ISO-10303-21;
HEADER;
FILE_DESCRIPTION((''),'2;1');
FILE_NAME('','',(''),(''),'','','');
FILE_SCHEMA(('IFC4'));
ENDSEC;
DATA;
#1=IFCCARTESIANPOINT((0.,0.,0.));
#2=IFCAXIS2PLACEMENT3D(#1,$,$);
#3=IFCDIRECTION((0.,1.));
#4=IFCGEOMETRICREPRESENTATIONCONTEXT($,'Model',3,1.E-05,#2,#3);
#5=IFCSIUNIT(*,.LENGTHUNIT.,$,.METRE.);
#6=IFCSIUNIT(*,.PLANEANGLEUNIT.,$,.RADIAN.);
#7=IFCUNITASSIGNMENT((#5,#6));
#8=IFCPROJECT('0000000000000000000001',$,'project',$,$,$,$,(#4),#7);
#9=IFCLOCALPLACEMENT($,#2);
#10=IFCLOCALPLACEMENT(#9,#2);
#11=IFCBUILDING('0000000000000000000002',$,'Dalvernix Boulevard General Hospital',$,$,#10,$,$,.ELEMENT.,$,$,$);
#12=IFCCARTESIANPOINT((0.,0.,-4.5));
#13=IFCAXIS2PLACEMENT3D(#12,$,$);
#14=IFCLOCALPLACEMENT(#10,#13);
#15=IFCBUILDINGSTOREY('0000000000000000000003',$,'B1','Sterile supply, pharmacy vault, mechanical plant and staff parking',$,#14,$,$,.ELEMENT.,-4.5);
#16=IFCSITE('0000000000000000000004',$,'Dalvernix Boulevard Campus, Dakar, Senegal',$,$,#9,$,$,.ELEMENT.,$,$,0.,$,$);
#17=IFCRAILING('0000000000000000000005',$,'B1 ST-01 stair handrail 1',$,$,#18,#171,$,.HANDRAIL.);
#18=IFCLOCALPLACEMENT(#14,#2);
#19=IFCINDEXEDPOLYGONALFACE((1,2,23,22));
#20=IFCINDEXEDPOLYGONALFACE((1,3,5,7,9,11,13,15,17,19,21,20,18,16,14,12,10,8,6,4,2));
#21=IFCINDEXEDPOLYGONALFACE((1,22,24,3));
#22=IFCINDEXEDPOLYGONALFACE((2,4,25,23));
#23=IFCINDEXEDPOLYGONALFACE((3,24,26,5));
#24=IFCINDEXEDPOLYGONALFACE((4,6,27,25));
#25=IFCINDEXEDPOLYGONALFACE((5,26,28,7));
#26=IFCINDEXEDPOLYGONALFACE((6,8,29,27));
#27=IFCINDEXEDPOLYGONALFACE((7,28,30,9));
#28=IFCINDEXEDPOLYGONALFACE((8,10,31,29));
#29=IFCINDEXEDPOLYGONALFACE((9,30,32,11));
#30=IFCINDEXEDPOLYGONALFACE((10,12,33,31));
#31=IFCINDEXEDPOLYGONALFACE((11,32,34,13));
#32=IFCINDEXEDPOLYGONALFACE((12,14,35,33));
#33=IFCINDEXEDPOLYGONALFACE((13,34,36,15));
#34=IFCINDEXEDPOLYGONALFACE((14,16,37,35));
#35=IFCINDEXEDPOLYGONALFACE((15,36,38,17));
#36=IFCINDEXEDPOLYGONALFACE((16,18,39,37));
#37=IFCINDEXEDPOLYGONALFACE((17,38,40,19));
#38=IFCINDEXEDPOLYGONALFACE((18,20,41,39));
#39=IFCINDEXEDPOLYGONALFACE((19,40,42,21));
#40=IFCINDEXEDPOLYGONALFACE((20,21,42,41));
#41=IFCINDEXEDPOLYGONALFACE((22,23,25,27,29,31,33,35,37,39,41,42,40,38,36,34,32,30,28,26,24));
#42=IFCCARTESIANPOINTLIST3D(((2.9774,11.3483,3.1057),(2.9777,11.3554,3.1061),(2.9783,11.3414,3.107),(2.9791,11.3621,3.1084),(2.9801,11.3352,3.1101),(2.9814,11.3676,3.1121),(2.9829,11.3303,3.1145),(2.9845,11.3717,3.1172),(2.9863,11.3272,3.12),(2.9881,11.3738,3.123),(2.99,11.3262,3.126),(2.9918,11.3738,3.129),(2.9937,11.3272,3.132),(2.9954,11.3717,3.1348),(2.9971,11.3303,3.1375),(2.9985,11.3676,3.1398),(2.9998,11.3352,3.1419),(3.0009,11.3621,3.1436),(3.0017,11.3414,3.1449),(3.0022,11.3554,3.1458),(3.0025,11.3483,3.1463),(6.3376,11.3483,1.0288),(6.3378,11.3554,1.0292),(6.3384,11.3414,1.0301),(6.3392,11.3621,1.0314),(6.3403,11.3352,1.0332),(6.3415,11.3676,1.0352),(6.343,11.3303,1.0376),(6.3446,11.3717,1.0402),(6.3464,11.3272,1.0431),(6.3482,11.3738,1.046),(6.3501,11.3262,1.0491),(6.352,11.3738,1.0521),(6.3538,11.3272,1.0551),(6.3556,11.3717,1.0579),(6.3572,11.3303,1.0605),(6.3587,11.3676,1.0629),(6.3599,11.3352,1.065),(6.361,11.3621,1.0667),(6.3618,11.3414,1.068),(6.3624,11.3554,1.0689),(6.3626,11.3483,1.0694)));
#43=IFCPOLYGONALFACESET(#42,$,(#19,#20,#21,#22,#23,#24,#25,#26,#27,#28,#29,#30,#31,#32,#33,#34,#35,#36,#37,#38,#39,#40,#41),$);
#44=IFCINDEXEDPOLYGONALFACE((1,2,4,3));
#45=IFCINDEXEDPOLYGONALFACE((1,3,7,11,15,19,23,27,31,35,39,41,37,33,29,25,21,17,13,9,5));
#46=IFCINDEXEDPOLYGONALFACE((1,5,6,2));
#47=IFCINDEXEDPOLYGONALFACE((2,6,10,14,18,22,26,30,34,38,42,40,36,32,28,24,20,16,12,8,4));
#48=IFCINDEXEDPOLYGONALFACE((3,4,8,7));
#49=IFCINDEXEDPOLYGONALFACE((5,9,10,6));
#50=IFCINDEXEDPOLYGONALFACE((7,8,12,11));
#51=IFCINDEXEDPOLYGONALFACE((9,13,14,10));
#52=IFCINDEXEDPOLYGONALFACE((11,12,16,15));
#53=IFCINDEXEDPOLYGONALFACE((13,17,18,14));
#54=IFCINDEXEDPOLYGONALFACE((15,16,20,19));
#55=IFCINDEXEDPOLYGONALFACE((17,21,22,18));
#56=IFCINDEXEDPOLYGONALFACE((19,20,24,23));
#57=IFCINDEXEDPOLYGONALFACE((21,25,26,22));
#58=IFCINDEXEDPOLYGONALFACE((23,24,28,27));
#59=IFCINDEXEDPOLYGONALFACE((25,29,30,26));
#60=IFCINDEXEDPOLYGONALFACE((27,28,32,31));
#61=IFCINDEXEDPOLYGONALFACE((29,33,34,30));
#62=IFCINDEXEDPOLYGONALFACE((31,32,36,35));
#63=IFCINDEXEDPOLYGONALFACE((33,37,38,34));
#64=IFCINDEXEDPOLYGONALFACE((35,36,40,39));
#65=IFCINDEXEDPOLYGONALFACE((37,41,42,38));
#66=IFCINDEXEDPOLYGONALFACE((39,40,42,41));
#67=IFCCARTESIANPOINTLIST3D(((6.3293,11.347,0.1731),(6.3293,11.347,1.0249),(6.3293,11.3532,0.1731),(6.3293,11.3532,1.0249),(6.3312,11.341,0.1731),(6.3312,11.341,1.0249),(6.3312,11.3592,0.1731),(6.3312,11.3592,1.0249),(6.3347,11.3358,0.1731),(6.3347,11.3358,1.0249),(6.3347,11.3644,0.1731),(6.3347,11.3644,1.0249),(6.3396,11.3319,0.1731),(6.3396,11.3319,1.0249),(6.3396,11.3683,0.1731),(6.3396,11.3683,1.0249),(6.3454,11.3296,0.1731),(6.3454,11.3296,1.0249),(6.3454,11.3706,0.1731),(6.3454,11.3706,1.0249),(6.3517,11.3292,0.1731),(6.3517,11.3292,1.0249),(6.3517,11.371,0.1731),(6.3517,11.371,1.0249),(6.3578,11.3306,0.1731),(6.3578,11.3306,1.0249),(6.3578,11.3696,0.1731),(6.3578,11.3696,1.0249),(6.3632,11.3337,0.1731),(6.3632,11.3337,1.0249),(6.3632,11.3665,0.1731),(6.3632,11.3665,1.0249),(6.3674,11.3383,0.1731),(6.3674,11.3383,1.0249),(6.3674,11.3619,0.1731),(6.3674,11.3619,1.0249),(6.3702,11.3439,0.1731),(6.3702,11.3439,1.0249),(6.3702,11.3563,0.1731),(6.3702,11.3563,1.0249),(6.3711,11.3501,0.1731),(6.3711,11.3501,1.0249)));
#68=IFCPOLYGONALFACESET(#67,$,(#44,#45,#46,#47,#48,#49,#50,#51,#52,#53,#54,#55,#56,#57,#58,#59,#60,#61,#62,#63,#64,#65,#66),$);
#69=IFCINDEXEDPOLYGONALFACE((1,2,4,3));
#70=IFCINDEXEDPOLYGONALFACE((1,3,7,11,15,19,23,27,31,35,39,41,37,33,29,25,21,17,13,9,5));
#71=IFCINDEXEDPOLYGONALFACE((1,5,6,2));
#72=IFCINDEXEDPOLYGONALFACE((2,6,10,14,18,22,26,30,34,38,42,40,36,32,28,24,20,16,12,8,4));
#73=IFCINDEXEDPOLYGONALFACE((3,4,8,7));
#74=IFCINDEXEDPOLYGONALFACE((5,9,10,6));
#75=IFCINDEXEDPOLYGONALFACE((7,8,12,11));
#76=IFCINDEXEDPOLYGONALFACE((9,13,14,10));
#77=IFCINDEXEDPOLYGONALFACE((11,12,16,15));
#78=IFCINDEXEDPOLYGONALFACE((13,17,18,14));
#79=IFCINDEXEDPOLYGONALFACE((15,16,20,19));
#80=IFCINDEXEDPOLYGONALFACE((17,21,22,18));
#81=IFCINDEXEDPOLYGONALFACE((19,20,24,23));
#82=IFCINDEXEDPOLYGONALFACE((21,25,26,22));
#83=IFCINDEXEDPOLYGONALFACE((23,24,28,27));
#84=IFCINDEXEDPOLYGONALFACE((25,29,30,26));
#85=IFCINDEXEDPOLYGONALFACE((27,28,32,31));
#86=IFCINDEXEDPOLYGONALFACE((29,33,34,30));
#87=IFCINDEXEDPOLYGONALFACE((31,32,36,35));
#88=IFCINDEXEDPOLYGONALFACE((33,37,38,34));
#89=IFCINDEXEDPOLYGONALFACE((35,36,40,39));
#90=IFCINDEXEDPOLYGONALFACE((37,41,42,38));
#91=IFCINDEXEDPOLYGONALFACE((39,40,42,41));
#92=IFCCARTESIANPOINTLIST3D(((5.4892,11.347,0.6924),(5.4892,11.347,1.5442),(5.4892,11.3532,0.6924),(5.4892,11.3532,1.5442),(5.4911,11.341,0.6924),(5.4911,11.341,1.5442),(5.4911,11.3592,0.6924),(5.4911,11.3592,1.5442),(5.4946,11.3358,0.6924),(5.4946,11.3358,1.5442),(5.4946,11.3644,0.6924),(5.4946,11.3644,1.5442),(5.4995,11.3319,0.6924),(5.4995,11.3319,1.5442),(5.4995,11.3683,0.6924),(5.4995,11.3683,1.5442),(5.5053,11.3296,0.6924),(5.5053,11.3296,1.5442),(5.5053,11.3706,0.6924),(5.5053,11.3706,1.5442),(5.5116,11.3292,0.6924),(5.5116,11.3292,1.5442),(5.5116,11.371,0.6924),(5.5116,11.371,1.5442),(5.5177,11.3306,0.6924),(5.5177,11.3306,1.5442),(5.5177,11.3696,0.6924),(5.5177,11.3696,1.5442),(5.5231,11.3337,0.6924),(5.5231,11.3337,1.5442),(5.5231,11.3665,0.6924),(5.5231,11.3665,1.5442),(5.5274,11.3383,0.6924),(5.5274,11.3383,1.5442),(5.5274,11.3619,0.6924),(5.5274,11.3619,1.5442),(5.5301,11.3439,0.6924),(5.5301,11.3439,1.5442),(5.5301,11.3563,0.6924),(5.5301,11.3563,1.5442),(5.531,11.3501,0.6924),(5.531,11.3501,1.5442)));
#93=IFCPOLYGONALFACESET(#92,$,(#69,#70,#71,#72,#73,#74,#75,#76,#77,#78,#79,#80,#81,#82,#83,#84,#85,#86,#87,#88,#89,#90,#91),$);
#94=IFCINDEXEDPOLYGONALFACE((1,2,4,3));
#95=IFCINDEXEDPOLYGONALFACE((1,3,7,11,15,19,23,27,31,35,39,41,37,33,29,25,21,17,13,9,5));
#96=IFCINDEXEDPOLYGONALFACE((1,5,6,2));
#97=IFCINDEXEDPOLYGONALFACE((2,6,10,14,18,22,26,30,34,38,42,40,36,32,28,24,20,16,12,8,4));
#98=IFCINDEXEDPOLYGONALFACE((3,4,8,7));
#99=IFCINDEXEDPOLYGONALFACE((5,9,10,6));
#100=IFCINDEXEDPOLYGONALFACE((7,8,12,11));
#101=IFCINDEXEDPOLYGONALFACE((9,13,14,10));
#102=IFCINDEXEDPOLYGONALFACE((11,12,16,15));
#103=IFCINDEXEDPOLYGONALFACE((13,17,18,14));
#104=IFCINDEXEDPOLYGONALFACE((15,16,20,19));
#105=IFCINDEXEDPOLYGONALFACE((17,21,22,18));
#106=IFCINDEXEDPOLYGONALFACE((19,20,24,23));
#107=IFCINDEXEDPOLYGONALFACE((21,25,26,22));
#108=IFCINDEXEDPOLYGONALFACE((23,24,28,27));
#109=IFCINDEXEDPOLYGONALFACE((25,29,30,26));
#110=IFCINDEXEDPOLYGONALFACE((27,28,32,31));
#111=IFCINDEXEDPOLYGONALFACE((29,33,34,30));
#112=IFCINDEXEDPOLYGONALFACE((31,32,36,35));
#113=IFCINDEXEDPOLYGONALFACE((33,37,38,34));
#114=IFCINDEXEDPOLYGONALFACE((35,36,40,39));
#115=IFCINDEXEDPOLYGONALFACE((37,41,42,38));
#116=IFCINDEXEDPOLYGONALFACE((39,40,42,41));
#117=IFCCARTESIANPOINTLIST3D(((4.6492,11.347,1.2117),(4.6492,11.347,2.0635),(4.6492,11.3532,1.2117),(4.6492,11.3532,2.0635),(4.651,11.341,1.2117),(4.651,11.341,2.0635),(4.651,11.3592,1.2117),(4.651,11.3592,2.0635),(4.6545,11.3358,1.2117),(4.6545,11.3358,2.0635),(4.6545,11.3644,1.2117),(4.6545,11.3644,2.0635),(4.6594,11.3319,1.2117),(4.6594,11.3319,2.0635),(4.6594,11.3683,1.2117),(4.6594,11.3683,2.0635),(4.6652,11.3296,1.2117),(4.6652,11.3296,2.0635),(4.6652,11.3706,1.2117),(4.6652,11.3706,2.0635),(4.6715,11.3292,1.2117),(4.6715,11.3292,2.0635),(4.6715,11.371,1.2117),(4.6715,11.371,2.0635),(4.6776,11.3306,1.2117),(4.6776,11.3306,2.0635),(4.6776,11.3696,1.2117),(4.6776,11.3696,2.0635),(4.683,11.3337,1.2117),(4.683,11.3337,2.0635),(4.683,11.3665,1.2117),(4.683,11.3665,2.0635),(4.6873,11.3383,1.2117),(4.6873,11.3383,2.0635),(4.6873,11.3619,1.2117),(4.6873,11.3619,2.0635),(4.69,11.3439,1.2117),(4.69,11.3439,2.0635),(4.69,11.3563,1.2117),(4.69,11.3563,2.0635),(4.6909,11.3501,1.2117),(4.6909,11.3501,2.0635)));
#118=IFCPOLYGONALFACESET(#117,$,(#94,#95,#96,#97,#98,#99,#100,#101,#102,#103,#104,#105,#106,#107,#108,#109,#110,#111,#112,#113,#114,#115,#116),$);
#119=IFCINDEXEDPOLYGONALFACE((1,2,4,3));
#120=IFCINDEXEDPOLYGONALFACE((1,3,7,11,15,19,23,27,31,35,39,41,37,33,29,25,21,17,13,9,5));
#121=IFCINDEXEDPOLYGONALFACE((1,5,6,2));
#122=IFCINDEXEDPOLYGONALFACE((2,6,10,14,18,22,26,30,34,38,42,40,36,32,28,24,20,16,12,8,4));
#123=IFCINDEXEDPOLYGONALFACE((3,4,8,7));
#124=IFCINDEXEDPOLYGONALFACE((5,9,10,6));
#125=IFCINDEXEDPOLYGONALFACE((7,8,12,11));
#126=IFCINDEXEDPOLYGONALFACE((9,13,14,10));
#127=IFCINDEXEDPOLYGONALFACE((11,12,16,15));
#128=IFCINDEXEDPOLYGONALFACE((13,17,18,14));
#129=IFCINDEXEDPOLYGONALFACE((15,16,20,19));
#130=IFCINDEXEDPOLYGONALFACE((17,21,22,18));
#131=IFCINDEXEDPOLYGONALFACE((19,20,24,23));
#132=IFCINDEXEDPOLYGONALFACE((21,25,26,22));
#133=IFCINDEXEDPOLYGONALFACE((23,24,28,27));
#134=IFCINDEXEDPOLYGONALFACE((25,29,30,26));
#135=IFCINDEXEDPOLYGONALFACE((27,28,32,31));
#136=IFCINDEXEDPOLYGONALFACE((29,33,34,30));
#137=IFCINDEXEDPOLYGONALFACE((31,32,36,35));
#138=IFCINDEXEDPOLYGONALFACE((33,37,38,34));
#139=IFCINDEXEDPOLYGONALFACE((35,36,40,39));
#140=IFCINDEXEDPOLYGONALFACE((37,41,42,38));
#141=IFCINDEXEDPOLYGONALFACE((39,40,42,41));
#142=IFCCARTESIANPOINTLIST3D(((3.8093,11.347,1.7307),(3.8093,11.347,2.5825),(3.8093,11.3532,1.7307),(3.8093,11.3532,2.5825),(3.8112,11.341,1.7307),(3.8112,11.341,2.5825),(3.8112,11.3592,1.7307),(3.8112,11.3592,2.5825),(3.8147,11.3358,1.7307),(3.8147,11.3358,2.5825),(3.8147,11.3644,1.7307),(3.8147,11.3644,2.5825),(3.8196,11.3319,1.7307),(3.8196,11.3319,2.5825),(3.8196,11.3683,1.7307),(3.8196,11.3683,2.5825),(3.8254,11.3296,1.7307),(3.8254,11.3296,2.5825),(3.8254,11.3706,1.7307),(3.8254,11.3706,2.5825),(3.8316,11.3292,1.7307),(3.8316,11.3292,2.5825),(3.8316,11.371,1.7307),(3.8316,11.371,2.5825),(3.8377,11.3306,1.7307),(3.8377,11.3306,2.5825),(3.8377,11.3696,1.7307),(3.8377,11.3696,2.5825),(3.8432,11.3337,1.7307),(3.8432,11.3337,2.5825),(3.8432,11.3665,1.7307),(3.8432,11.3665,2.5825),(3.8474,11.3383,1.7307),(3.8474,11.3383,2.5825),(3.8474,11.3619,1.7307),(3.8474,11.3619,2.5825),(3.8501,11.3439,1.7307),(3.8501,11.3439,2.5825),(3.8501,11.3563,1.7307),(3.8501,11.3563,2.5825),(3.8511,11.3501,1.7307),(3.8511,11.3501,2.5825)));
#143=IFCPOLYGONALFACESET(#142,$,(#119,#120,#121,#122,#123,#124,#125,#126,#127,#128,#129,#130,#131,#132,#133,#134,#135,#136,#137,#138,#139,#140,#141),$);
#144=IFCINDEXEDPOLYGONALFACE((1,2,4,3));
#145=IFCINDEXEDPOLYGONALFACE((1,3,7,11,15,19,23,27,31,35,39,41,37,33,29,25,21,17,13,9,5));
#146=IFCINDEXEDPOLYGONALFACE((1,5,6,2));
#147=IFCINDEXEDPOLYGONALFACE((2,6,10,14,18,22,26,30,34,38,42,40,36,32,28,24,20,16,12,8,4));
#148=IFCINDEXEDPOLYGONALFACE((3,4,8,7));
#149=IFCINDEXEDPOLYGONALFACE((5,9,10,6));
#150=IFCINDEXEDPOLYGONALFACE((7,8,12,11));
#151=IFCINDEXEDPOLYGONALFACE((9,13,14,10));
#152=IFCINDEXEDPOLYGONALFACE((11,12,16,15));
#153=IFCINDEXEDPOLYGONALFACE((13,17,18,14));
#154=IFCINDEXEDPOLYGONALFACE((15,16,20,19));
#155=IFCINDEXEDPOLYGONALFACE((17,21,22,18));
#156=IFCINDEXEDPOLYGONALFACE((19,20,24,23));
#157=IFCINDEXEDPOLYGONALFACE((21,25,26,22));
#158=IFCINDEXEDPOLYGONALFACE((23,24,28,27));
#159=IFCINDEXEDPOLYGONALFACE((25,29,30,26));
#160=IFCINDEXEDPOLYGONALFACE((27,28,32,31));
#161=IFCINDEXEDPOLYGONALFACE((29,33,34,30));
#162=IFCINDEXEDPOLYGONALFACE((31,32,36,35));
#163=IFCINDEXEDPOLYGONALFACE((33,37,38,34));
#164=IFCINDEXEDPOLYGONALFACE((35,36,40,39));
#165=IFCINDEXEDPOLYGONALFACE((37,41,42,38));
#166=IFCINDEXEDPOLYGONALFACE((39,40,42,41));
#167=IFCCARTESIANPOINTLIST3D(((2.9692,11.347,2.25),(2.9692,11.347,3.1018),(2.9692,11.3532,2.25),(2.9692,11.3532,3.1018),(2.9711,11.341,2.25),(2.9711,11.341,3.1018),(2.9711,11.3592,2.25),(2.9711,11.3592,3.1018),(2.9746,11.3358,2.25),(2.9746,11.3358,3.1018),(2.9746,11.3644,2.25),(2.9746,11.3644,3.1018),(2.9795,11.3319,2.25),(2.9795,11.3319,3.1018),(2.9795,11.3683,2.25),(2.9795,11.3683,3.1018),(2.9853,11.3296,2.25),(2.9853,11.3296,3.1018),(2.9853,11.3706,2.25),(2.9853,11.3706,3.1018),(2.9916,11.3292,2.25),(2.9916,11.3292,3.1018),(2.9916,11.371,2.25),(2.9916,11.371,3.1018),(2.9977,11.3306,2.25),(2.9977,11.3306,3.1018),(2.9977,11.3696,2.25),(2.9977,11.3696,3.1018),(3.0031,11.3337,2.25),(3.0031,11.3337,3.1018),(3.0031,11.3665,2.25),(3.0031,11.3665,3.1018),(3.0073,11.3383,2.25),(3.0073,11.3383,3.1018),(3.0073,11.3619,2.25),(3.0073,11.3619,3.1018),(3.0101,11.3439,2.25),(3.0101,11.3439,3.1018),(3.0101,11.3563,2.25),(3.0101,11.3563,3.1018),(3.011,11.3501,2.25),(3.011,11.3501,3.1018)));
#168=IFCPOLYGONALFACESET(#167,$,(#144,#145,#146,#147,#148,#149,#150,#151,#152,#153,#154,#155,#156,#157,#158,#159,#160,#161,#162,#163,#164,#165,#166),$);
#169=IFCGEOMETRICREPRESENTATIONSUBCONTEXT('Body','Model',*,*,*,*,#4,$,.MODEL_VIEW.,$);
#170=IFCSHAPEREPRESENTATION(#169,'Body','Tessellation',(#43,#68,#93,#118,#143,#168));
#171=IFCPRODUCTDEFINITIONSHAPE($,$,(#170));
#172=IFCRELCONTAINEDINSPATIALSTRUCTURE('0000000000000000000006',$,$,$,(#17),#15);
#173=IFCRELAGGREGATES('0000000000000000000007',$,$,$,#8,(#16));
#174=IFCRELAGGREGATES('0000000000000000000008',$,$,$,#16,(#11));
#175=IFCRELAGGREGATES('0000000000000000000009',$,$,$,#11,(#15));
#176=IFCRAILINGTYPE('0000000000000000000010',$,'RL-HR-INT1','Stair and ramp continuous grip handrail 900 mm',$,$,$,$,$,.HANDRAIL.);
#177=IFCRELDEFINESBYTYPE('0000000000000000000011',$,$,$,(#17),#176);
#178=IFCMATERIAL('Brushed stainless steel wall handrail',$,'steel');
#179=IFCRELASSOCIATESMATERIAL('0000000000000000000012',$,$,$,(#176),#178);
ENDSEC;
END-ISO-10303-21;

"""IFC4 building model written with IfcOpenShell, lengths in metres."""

from ifc_helpers import new_model, si_unit, direction, frame, origin, origin_2d, place, context, subcontext, project, spatial, circle, extrude, material, type_object, element, save


model = new_model("IFC4")

# Units and contexts
model_context = context("Model", 3, precision=1e-05, world=origin(), true_north=direction((0.0, 1.0)))
body_context = subcontext(model_context, "Body", "Model", "MODEL_VIEW")
ifc_project = project(units=[si_unit("LENGTHUNIT", "METRE"), si_unit("PLANEANGLEUNIT", "RADIAN")], contexts=[model_context])

# Site, building, storey
site_placement = place(None, origin())
site = spatial("IfcSite", under=ifc_project, at=site_placement, Name="Dalvernix Boulevard Campus, Dakar, Senegal", CompositionType="ELEMENT", RefElevation=0.0)
building_placement = place(site_placement, origin())
building = spatial("IfcBuilding", under=site, at=building_placement, Name="Dalvernix Boulevard General Hospital", CompositionType="ELEMENT")
storey_placement = place(building_placement, frame((0.0, 0.0, -4.5)))
storey = spatial("IfcBuildingStorey", under=building, at=storey_placement, Name="B1", Description="Sterile supply, pharmacy vault, mechanical plant and staff parking", CompositionType="ELEMENT", Elevation=-4.5)

# Railing
ifc_material_1 = material(Name="Brushed stainless steel wall handrail", Category="steel")
railing_type_1 = type_object("IfcRailingType", Name="RL-HR-INT1", Description="Stair and ramp continuous grip handrail 900 mm", PredefinedType="HANDRAIL", material=ifc_material_1)
railing_1_placement = place(storey_placement, frame((6.3501, 11.3501, 0.1731)))
element("IfcRailing", 1, at=railing_1_placement, inside=storey, type_object=railing_type_1, Name="B1 ST-01 stair handrail 1", PredefinedType="HANDRAIL", context=body_context, shape_type="SweptSolid", body=[
    extrude(circle(Radius=0.0239, at=origin_2d()), frame((0.0, 0.0, 0.876), z_axis=(-0.850623, 0.0, 0.525776), x_axis=(0.0, -1.0, 0.0)), (0.0, 0.0, 1.0), 3.9502),
    extrude(circle(Radius=0.021, at=origin_2d()), origin(), (0.0, 0.0, 1.0), 0.8518),
    extrude(circle(Radius=0.021, at=origin_2d()), frame((-0.8401, 0.0, 0.5193)), (0.0, 0.0, 1.0), 0.8518),
    extrude(circle(Radius=0.021, at=origin_2d()), frame((-1.6802, 0.0, 1.0386)), (0.0, 0.0, 1.0), 0.8518),
    extrude(circle(Radius=0.021, at=origin_2d()), frame((-2.52, 0.0, 1.5576)), (0.0, 0.0, 1.0), 0.8518),
    extrude(circle(Radius=0.021, at=origin_2d()), frame((-3.3601, 0.0, 2.0769)), (0.0, 0.0, 1.0), 0.8518),
])

save(model, "model.ifc")
